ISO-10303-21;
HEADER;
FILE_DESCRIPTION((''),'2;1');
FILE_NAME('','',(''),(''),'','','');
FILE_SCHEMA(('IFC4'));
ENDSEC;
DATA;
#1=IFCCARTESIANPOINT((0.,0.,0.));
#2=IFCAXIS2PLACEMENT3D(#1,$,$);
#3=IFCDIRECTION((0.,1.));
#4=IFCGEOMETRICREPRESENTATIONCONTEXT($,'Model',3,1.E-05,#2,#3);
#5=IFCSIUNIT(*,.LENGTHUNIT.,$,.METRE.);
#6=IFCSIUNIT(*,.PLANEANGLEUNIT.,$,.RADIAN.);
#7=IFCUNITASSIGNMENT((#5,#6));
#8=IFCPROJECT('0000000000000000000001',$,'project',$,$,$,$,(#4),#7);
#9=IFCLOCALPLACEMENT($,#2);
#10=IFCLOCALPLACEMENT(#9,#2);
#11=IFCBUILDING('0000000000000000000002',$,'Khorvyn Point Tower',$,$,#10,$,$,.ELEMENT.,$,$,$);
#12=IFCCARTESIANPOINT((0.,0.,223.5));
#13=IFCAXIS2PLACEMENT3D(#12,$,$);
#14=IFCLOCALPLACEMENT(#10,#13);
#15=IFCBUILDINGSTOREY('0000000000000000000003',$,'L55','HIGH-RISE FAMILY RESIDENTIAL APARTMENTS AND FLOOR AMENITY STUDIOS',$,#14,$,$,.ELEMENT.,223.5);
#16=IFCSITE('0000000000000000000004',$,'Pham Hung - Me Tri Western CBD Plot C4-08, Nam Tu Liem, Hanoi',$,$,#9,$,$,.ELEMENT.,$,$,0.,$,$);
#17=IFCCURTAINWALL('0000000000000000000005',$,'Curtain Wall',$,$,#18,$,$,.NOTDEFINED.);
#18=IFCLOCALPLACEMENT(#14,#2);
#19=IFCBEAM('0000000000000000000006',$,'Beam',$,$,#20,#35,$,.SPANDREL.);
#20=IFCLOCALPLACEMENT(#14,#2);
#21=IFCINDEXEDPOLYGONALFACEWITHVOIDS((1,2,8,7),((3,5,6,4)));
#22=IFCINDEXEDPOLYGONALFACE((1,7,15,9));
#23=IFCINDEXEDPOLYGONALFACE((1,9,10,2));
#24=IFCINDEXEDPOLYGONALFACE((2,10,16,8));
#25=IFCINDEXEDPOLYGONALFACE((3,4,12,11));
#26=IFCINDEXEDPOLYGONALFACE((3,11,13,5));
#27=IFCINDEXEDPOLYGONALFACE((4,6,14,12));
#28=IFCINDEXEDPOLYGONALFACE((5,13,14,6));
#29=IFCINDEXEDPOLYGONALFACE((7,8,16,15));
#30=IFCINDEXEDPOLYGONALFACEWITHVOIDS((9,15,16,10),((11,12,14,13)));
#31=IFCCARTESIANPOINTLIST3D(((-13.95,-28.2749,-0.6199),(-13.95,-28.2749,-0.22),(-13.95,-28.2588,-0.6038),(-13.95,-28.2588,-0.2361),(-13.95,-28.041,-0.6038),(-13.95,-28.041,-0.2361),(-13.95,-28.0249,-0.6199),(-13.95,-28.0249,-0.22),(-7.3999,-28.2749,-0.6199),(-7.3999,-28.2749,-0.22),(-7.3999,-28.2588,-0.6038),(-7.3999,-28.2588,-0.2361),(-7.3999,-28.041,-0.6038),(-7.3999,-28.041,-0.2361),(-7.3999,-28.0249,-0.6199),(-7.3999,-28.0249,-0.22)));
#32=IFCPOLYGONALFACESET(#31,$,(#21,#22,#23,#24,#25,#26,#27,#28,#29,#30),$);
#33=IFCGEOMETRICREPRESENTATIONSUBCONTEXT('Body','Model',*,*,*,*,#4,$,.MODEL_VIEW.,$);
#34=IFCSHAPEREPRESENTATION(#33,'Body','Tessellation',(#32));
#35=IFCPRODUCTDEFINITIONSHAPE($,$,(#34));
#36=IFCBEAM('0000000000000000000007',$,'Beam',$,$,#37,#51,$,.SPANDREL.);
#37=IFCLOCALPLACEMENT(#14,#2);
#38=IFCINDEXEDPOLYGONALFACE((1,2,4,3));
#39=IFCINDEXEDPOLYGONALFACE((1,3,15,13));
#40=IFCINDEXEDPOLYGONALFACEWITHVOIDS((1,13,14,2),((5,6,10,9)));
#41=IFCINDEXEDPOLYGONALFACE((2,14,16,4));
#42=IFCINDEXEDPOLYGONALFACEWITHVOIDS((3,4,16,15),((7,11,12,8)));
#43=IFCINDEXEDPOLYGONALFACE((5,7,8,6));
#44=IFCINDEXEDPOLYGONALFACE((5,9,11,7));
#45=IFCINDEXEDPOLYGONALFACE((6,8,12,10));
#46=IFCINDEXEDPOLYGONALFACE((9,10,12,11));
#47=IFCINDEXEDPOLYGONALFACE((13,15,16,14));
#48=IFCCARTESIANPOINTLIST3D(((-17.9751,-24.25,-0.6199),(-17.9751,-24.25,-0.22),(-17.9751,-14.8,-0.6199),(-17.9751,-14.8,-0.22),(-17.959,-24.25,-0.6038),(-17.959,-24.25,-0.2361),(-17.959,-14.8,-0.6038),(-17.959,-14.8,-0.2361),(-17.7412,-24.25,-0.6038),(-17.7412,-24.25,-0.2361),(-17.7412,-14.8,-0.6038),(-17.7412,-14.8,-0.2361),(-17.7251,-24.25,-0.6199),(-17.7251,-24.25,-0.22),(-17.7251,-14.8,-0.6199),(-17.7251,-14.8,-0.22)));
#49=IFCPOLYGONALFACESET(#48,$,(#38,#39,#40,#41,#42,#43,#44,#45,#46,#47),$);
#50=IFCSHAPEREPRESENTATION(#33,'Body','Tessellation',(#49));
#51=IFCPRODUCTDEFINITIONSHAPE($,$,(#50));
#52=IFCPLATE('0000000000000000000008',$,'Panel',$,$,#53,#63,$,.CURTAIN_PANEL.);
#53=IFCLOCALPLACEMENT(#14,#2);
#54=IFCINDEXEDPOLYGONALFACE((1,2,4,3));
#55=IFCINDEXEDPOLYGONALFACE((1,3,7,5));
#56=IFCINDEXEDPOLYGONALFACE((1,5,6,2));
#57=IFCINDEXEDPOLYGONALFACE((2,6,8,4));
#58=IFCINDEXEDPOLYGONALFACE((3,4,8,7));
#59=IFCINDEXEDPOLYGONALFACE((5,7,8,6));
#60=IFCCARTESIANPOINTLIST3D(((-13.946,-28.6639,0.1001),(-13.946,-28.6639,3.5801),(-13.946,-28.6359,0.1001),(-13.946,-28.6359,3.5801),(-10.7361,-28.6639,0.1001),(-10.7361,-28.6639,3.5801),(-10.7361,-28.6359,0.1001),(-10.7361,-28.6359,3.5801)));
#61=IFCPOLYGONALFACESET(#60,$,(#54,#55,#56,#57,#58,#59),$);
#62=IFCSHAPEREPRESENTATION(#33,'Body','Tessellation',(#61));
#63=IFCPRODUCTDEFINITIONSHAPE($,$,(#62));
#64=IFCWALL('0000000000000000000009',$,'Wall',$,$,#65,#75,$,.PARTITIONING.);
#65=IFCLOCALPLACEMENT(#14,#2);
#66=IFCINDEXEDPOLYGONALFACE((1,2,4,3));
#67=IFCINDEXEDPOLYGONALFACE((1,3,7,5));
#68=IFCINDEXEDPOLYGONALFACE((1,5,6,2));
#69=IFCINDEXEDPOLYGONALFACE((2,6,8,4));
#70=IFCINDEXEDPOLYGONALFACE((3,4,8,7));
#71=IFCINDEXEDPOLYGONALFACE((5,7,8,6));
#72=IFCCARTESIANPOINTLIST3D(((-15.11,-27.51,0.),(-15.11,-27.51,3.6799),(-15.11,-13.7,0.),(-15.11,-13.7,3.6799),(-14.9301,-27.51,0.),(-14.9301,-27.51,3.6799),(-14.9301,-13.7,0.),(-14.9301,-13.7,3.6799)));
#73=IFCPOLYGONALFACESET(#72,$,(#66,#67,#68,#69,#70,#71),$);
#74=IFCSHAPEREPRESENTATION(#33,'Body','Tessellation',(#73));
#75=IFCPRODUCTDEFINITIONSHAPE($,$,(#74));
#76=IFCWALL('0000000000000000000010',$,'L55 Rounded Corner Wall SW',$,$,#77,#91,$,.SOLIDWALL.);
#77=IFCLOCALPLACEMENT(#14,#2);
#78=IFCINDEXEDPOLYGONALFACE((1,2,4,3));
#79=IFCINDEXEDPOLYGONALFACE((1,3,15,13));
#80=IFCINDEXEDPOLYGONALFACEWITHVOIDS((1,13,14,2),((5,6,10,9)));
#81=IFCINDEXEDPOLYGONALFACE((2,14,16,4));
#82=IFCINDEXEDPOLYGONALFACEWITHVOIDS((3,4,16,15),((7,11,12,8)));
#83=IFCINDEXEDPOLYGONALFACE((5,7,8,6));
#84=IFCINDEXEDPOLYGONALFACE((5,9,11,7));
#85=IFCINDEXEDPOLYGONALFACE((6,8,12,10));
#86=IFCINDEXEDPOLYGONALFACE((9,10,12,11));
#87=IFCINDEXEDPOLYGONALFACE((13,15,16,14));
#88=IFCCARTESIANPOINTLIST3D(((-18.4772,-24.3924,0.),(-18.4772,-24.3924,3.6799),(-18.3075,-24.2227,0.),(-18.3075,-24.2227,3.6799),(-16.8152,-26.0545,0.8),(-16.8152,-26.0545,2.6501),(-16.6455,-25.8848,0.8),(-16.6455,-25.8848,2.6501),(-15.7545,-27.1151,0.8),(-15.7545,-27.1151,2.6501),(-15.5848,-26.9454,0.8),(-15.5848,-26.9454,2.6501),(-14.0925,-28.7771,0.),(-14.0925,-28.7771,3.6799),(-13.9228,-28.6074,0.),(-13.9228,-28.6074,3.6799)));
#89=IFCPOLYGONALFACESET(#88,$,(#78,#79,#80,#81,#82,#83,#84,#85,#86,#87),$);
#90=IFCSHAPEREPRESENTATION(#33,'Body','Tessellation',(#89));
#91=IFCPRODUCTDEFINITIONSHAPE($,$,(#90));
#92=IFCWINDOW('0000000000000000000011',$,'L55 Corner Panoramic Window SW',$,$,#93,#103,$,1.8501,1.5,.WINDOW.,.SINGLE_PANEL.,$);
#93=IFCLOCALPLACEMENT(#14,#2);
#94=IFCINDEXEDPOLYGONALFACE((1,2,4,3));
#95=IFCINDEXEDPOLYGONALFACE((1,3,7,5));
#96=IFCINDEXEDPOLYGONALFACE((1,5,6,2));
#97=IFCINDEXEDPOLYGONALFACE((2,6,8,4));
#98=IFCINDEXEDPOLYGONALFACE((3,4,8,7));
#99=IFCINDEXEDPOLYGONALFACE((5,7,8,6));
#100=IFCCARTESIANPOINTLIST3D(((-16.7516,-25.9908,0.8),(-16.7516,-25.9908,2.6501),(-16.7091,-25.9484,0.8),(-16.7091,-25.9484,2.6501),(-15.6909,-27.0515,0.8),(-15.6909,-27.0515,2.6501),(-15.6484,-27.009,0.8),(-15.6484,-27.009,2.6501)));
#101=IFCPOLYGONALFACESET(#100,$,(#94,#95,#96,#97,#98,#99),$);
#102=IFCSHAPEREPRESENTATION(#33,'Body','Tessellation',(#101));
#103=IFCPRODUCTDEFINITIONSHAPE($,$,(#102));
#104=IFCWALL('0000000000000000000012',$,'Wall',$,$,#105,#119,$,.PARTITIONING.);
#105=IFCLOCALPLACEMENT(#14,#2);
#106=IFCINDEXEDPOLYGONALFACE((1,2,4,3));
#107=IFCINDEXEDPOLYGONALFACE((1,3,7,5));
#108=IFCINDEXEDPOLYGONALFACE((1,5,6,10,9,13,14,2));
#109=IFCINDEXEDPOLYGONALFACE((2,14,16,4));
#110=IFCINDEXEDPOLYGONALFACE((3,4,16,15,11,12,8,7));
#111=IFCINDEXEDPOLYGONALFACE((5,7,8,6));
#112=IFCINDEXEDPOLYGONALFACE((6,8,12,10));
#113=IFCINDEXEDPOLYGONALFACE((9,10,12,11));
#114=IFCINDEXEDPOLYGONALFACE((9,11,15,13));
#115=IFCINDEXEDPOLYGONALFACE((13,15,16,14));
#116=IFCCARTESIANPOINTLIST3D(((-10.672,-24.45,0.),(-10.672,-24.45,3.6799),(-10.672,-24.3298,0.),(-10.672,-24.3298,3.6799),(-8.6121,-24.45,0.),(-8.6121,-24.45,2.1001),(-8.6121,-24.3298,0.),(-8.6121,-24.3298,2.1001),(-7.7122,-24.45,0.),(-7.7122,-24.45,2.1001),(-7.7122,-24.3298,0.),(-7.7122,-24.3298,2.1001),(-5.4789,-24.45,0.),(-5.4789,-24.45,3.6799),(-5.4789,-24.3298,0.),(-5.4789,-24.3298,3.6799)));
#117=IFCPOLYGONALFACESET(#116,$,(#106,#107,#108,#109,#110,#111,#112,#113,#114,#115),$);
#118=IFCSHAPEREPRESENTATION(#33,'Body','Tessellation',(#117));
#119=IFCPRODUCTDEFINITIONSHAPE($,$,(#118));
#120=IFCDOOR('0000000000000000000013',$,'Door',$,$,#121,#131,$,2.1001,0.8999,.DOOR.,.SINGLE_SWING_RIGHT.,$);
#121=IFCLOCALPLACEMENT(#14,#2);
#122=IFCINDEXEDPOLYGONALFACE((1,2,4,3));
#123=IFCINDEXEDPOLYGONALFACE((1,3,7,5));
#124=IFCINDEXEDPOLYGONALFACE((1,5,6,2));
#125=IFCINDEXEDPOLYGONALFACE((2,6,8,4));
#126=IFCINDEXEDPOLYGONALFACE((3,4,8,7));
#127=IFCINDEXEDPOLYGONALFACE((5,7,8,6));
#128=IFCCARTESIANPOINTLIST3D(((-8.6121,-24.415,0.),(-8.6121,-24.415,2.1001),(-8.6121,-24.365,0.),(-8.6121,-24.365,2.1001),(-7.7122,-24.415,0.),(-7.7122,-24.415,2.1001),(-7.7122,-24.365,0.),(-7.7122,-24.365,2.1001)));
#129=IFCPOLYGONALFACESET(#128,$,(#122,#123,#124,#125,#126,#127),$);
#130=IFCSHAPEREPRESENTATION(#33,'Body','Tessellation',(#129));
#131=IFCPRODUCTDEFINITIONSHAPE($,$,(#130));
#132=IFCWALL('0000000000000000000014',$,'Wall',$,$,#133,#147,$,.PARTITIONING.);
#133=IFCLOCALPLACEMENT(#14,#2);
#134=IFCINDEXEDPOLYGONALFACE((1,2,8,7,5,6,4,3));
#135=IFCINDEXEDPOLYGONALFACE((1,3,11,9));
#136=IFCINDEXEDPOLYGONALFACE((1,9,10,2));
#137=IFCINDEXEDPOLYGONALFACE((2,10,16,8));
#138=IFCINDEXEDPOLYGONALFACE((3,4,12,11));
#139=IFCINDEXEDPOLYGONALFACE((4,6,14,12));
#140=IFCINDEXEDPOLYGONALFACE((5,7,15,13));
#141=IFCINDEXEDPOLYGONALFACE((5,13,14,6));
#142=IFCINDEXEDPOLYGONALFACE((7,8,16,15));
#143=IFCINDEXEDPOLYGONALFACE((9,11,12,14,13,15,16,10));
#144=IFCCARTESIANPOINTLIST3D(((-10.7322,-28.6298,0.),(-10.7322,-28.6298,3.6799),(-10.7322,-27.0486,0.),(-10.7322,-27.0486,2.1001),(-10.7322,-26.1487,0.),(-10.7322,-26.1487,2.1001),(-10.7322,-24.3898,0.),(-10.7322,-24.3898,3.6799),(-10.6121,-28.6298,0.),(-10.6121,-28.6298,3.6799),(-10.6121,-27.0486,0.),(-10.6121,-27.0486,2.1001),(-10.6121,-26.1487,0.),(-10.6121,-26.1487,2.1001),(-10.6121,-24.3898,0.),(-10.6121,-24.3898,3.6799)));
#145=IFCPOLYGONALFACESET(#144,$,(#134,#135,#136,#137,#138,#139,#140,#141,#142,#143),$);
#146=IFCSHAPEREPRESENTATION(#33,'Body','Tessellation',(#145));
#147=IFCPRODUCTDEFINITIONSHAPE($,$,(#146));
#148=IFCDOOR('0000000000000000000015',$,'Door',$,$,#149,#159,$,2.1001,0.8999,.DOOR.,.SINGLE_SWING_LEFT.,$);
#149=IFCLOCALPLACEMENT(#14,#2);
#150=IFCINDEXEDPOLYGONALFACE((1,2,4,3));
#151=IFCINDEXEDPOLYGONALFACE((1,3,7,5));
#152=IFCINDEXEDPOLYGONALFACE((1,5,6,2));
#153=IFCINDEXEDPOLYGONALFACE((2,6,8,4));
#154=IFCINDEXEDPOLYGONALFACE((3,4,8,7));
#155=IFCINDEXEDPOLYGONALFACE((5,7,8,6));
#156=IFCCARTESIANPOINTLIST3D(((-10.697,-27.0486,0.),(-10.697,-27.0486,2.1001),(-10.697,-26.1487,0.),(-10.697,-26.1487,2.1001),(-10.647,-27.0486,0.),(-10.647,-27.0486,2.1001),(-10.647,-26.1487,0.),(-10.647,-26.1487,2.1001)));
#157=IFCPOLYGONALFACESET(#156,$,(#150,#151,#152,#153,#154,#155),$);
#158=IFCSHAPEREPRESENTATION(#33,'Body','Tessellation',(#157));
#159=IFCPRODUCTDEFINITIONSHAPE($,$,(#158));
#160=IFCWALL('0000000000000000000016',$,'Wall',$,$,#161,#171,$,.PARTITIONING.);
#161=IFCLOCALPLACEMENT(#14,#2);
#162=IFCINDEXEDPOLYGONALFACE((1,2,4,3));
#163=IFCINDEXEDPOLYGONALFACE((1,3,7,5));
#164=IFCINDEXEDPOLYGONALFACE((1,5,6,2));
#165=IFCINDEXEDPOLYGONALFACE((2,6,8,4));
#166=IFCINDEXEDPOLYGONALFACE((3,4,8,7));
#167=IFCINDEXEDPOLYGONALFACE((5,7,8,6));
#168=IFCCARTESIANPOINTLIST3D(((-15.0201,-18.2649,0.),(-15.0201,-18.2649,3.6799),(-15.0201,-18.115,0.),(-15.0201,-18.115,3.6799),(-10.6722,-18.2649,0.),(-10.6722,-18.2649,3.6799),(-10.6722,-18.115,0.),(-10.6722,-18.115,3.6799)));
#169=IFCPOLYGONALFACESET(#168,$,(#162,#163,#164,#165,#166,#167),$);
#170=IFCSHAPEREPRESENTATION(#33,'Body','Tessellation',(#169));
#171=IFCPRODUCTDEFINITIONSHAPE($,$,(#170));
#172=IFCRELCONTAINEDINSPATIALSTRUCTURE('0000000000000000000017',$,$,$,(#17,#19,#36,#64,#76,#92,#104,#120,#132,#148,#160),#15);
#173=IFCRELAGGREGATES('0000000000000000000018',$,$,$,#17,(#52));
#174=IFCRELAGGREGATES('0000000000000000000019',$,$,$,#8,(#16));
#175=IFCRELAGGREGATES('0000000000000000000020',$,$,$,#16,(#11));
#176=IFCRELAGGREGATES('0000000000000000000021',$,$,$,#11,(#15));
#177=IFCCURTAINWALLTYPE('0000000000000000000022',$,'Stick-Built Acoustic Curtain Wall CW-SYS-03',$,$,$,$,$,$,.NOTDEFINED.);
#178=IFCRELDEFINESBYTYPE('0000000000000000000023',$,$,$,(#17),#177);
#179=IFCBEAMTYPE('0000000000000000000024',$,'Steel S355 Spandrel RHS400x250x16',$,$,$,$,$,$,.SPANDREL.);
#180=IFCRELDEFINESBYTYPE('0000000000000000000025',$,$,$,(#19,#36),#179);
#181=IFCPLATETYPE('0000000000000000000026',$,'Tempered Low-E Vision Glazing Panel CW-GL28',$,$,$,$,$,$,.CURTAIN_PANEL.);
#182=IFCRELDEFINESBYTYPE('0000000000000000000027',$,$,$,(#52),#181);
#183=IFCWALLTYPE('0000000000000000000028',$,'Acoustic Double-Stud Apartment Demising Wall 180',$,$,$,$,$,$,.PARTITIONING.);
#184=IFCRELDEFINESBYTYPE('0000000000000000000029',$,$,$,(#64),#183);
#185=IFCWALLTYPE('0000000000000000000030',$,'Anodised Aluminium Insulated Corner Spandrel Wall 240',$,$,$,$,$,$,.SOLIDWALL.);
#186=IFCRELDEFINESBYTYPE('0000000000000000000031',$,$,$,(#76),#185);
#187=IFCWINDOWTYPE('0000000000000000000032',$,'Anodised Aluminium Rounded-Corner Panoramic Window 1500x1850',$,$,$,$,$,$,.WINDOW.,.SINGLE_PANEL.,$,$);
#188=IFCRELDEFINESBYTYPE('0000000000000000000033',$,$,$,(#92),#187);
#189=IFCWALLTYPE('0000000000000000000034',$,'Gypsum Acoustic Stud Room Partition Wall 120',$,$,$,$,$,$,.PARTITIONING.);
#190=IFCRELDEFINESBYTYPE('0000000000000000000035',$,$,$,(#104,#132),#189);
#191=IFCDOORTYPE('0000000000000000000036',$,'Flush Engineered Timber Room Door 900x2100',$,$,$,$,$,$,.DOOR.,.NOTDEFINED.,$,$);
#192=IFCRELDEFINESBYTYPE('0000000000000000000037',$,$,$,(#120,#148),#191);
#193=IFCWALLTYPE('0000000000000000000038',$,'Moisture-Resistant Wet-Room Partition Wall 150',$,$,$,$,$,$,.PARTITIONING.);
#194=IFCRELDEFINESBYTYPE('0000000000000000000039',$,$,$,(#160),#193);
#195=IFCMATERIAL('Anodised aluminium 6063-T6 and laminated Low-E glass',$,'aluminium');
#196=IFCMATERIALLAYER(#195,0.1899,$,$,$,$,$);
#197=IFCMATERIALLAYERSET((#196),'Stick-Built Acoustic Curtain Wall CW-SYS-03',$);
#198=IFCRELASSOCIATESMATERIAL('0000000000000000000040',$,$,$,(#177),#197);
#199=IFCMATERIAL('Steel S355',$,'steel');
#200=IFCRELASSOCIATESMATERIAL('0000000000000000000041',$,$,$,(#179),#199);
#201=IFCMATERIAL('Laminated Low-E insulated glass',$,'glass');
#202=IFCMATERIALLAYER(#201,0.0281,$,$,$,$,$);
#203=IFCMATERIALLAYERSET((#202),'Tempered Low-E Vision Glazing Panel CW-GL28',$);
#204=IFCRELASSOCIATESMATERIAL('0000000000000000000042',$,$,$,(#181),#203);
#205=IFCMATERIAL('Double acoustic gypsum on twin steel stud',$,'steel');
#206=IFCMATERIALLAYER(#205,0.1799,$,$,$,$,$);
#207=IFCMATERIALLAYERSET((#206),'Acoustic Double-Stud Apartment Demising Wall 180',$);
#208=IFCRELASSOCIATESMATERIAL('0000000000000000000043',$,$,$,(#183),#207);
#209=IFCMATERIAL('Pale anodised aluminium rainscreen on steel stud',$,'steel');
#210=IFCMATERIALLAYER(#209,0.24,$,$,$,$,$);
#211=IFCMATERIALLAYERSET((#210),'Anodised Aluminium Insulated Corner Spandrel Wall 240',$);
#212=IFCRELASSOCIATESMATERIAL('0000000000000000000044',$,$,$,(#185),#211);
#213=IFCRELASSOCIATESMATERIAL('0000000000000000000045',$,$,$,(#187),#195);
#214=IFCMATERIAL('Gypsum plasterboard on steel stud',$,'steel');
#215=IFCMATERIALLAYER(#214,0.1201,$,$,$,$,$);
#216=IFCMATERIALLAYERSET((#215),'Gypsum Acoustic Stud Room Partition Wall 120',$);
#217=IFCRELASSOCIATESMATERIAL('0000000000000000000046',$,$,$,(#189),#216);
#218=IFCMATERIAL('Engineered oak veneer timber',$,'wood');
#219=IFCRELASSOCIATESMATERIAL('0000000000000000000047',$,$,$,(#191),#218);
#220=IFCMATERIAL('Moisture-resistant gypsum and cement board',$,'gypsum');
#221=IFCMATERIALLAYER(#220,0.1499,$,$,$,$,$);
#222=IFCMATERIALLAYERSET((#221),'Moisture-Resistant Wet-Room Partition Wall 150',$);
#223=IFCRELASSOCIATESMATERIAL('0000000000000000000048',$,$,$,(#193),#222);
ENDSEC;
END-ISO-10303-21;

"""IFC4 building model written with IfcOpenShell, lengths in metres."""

from ifc_helpers import new_model, si_unit, direction, frame, frame_2d, origin, origin_2d, place, context, subcontext, project, spatial, rectangle, hollow_rectangle, extrude, material, layer, layer_set, material_profile, profile_set, type_object, element, fill, aggregate, save


model = new_model("IFC4")

# Units and contexts
model_context = context("Model", 3, precision=1e-05, world=origin(), true_north=direction((0.0, 1.0)))
body_context = subcontext(model_context, "Body", "Model", "MODEL_VIEW")
ifc_project = project(units=[si_unit("LENGTHUNIT", "METRE"), si_unit("PLANEANGLEUNIT", "RADIAN")], contexts=[model_context])

# Site, building, storey
site_placement = place(None, origin())
site = spatial("IfcSite", under=ifc_project, at=site_placement, Name="Pham Hung - Me Tri Western CBD Plot C4-08, Nam Tu Liem, Hanoi", CompositionType="ELEMENT", RefElevation=0.0)
building_placement = place(site_placement, origin())
building = spatial("IfcBuilding", under=site, at=building_placement, Name="Khorvyn Point Tower", CompositionType="ELEMENT")
storey_placement = place(building_placement, frame((0.0, 0.0, 223.5)))
storey = spatial("IfcBuildingStorey", under=building, at=storey_placement, Name="L55", Description="HIGH-RISE FAMILY RESIDENTIAL APARTMENTS AND FLOOR AMENITY STUDIOS", CompositionType="ELEMENT", Elevation=223.5)

# Curtain wall
ifc_material_1 = material(Name="Anodised aluminium 6063-T6 and laminated Low-E glass", Category="aluminium")
ifc_layer_1 = layer(ifc_material_1, 0.1899)
ifc_layer_set_1 = layer_set([ifc_layer_1], Name="Stick-Built Acoustic Curtain Wall CW-SYS-03")
curtain_wall_type = type_object("IfcCurtainWallType", Name="Stick-Built Acoustic Curtain Wall CW-SYS-03", PredefinedType="NOTDEFINED", material=ifc_layer_set_1)
curtain_wall_1_placement = place(storey_placement, origin())
curtain_wall_1 = element("IfcCurtainWall", 1, at=curtain_wall_1_placement, inside=storey, type_object=curtain_wall_type, Name="Curtain Wall", PredefinedType="NOTDEFINED")

# Beams
ifc_material_2 = material(Name="Steel S355", Category="steel")
ifc_material_profile_1 = material_profile(ifc_material_2, hollow_rectangle(XDim=0.25, YDim=0.3999, WallThickness=0.0161, at=origin_2d()))
ifc_profile_set_1 = profile_set([ifc_material_profile_1], Name="Steel S355 RHS400x250x16")
beam_type_1 = type_object("IfcBeamType", Name="Steel S355 Spandrel RHS400x250x16", PredefinedType="SPANDREL", material=ifc_profile_set_1)
beam_1_placement = place(storey_placement, frame((-13.95, -28.1499, -0.4199), z_axis=(1.0, 0.0, 0.0), x_axis=(0.0, 1.0, 0.0)))
element("IfcBeam", 2, at=beam_1_placement, inside=storey, type_object=beam_type_1, Name="Beam", PredefinedType="SPANDREL", context=body_context, shape_type="SweptSolid", body=[
    extrude(hollow_rectangle(XDim=0.25, YDim=0.3999, WallThickness=0.0161, at=origin_2d()), origin(), (0.0, 0.0, 1.0), 6.55),
])
beam_2_placement = place(storey_placement, frame((-17.8501, -24.25, -0.4199), z_axis=(0.0, 1.0, 0.0), x_axis=(-1.0, 0.0, 0.0)))
element("IfcBeam", 3, at=beam_2_placement, inside=storey, type_object=beam_type_1, Name="Beam", PredefinedType="SPANDREL", context=body_context, shape_type="SweptSolid", body=[
    extrude(hollow_rectangle(XDim=0.25, YDim=0.3999, WallThickness=0.0161, at=origin_2d()), origin(), (0.0, 0.0, 1.0), 9.45),
])

# Plate
ifc_material_3 = material(Name="Laminated Low-E insulated glass", Category="glass")
ifc_layer_2 = layer(ifc_material_3, 0.0281)
ifc_layer_set_2 = layer_set([ifc_layer_2], Name="Tempered Low-E Vision Glazing Panel CW-GL28")
plate_type = type_object("IfcPlateType", Name="Tempered Low-E Vision Glazing Panel CW-GL28", PredefinedType="CURTAIN_PANEL", material=ifc_layer_set_2)
plate_placement = place(storey_placement, frame((-12.3411, -28.6499, 0.1001), z_axis=(0.0, 0.0, 1.0), x_axis=(-1.0, 0.0, 0.0)))
plate = element("IfcPlate", 4, at=plate_placement, type_object=plate_type, Name="Panel", PredefinedType="CURTAIN_PANEL", context=body_context, shape_type="SweptSolid", body=[
    extrude(rectangle(XDim=3.21, YDim=0.0281, at=origin_2d()), origin(), (0.0, 0.0, 1.0), 3.48),
])
aggregate(curtain_wall_1, [plate])

# Wall
ifc_material_4 = material(Name="Double acoustic gypsum on twin steel stud", Category="steel")
ifc_layer_3 = layer(ifc_material_4, 0.1799)
ifc_layer_set_3 = layer_set([ifc_layer_3], Name="Acoustic Double-Stud Apartment Demising Wall 180")
wall_type_1 = type_object("IfcWallType", Name="Acoustic Double-Stud Apartment Demising Wall 180", PredefinedType="PARTITIONING", material=ifc_layer_set_3)
wall_1_placement = place(storey_placement, frame((-15.02, -27.51, 0.0), z_axis=(0.0, 0.0, 1.0), x_axis=(0.0, 1.0, 0.0)))
element("IfcWall", 5, at=wall_1_placement, inside=storey, type_object=wall_type_1, Name="Wall", PredefinedType="PARTITIONING", context=body_context, shape_type="SweptSolid", body=[
    extrude(rectangle(XDim=13.8101, YDim=0.1799, at=frame_2d((6.905, 0.0))), origin(), (0.0, 0.0, 1.0), 3.6799),
])

# Wall, opening, window
ifc_material_5 = material(Name="Pale anodised aluminium rainscreen on steel stud", Category="steel")
ifc_layer_4 = layer(ifc_material_5, 0.24)
ifc_layer_set_4 = layer_set([ifc_layer_4], Name="Anodised Aluminium Insulated Corner Spandrel Wall 240")
wall_type_2 = type_object("IfcWallType", Name="Anodised Aluminium Insulated Corner Spandrel Wall 240", PredefinedType="SOLIDWALL", material=ifc_layer_set_4)
wall_2_placement = place(storey_placement, frame((-14.0076, -28.6924, 0.0), z_axis=(0.0, 0.0, 1.0), x_axis=(-0.707107, 0.707107, 0.0)))
wall_2 = element("IfcWall", 6, at=wall_2_placement, inside=storey, type_object=wall_type_2, Name="L55 Rounded Corner Wall SW", PredefinedType="SOLIDWALL", context=body_context, shape_type="SweptSolid", body=[
    extrude(rectangle(XDim=6.2009, YDim=0.24, at=frame_2d((3.1006, 0.0))), origin(), (0.0, 0.0, 1.0), 3.6799),
])
opening_1_placement = place(wall_2_placement, frame((2.3506, 0.0, 0.8)))
opening_1 = element("IfcOpeningElement", 7, at=opening_1_placement, cuts=wall_2, PredefinedType="OPENING", context=body_context, shape_type="SweptSolid", body=[
    extrude(rectangle(XDim=1.5, YDim=1.8501, at=frame_2d((0.75, 0.925))), frame((0.0, 0.1299, 0.0), z_axis=(0.0, -1.0, 0.0), x_axis=(1.0, 0.0, 0.0)), (0.0, 0.0, 1.0), 0.26),
])
window_type = type_object("IfcWindowType", Name="Anodised Aluminium Rounded-Corner Panoramic Window 1500x1850", PartitioningType="SINGLE_PANEL", PredefinedType="WINDOW", material=ifc_material_1)
window_placement = place(opening_1_placement, origin())
window = element("IfcWindow", 8, at=window_placement, inside=storey, type_object=window_type, Name="L55 Corner Panoramic Window SW", OverallHeight=1.8501, OverallWidth=1.5, PartitioningType="SINGLE_PANEL", PredefinedType="WINDOW", context=body_context, shape_type="SweptSolid", body=[
    extrude(rectangle(XDim=1.5, YDim=1.8501, at=frame_2d((0.75, 0.925))), frame((0.0, 0.03, 0.0), z_axis=(0.0, -1.0, 0.0), x_axis=(1.0, 0.0, 0.0)), (0.0, 0.0, 1.0), 0.0601),
])
fill(opening_1, window)

# Walls, openings, doors
ifc_material_6 = material(Name="Gypsum plasterboard on steel stud", Category="steel")
ifc_layer_5 = layer(ifc_material_6, 0.1201)
ifc_layer_set_5 = layer_set([ifc_layer_5], Name="Gypsum Acoustic Stud Room Partition Wall 120")
wall_type_3 = type_object("IfcWallType", Name="Gypsum Acoustic Stud Room Partition Wall 120", PredefinedType="PARTITIONING", material=ifc_layer_set_5)
wall_3_placement = place(storey_placement, frame((-10.6721, -24.3899, 0.0), z_axis=(0.0, 0.0, 1.0), x_axis=(1.0, 0.0, 0.0)))
wall_3 = element("IfcWall", 9, at=wall_3_placement, inside=storey, type_object=wall_type_3, Name="Wall", PredefinedType="PARTITIONING", context=body_context, shape_type="SweptSolid", body=[
    extrude(rectangle(XDim=5.1931, YDim=0.1201, at=frame_2d((2.5967, 0.0))), origin(), (0.0, 0.0, 1.0), 3.6799),
])
opening_2_placement = place(wall_3_placement, frame((2.0601, 0.0, 0.0)))
opening_2 = element("IfcOpeningElement", 10, at=opening_2_placement, cuts=wall_3, PredefinedType="OPENING", context=body_context, shape_type="SweptSolid", body=[
    extrude(rectangle(XDim=0.8999, YDim=2.1001, at=frame_2d((0.45, 1.05))), frame((0.0, 0.0701, 0.0), z_axis=(0.0, -1.0, 0.0), x_axis=(1.0, 0.0, 0.0)), (0.0, 0.0, 1.0), 0.1401),
])
ifc_material_7 = material(Name="Engineered oak veneer timber", Category="wood")
door_type = type_object("IfcDoorType", Name="Flush Engineered Timber Room Door 900x2100", OperationType="NOTDEFINED", PredefinedType="DOOR", material=ifc_material_7)
door_1_placement = place(opening_2_placement, origin())
door_1 = element("IfcDoor", 11, at=door_1_placement, inside=storey, type_object=door_type, Name="Door", OperationType="SINGLE_SWING_RIGHT", OverallHeight=2.1001, OverallWidth=0.8999, PredefinedType="DOOR", context=body_context, shape_type="SweptSolid", body=[
    extrude(rectangle(XDim=0.8999, YDim=2.1001, at=frame_2d((0.45, 1.05))), frame((0.0, 0.0249, 0.0), z_axis=(0.0, -1.0, 0.0), x_axis=(1.0, 0.0, 0.0)), (0.0, 0.0, 1.0), 0.05),
])
fill(opening_2, door_1)
wall_4_placement = place(storey_placement, frame((-10.6721, -28.6299, 0.0), z_axis=(0.0, 0.0, 1.0), x_axis=(0.0, 1.0, 0.0)))
wall_4 = element("IfcWall", 12, at=wall_4_placement, inside=storey, type_object=wall_type_3, Name="Wall", PredefinedType="PARTITIONING", context=body_context, shape_type="SweptSolid", body=[
    extrude(rectangle(XDim=4.24, YDim=0.1201, at=frame_2d((2.1201, 0.0))), origin(), (0.0, 0.0, 1.0), 3.6799),
])
opening_3_placement = place(wall_4_placement, frame((1.5813, 0.0, 0.0)))
opening_3 = element("IfcOpeningElement", 13, at=opening_3_placement, cuts=wall_4, PredefinedType="OPENING", context=body_context, shape_type="SweptSolid", body=[
    extrude(rectangle(XDim=0.8999, YDim=2.1001, at=frame_2d((0.45, 1.05))), frame((0.0, 0.0701, 0.0), z_axis=(0.0, -1.0, 0.0), x_axis=(1.0, 0.0, 0.0)), (0.0, 0.0, 1.0), 0.1401),
])
door_2_placement = place(opening_3_placement, origin())
door_2 = element("IfcDoor", 14, at=door_2_placement, inside=storey, type_object=door_type, Name="Door", OperationType="SINGLE_SWING_LEFT", OverallHeight=2.1001, OverallWidth=0.8999, PredefinedType="DOOR", context=body_context, shape_type="SweptSolid", body=[
    extrude(rectangle(XDim=0.8999, YDim=2.1001, at=frame_2d((0.45, 1.05))), frame((0.0, 0.0249, 0.0), z_axis=(0.0, -1.0, 0.0), x_axis=(1.0, 0.0, 0.0)), (0.0, 0.0, 1.0), 0.05),
])
fill(opening_3, door_2)

# Wall
ifc_material_8 = material(Name="Moisture-resistant gypsum and cement board", Category="gypsum")
ifc_layer_6 = layer(ifc_material_8, 0.1499)
ifc_layer_set_6 = layer_set([ifc_layer_6], Name="Moisture-Resistant Wet-Room Partition Wall 150")
wall_type_4 = type_object("IfcWallType", Name="Moisture-Resistant Wet-Room Partition Wall 150", PredefinedType="PARTITIONING", material=ifc_layer_set_6)
for number, where, z_axis, x_axis, name in (
    (15, (-15.02, -18.1899, 0.0), (0.0, 0.0, 1.0), (1.0, 0.0, 0.0), "Wall"),
):
    element("IfcWall", number, at=place(storey_placement, frame(where, z_axis=z_axis, x_axis=x_axis)), inside=storey, type_object=wall_type_4, Name=name, PredefinedType="PARTITIONING", context=body_context, shape_type="SweptSolid", body=[
        extrude(rectangle(XDim=4.3479, YDim=0.1499, at=frame_2d((2.1738, 0.0))), origin(), (0.0, 0.0, 1.0), 3.6799),
    ])

save(model, "model.ifc")
